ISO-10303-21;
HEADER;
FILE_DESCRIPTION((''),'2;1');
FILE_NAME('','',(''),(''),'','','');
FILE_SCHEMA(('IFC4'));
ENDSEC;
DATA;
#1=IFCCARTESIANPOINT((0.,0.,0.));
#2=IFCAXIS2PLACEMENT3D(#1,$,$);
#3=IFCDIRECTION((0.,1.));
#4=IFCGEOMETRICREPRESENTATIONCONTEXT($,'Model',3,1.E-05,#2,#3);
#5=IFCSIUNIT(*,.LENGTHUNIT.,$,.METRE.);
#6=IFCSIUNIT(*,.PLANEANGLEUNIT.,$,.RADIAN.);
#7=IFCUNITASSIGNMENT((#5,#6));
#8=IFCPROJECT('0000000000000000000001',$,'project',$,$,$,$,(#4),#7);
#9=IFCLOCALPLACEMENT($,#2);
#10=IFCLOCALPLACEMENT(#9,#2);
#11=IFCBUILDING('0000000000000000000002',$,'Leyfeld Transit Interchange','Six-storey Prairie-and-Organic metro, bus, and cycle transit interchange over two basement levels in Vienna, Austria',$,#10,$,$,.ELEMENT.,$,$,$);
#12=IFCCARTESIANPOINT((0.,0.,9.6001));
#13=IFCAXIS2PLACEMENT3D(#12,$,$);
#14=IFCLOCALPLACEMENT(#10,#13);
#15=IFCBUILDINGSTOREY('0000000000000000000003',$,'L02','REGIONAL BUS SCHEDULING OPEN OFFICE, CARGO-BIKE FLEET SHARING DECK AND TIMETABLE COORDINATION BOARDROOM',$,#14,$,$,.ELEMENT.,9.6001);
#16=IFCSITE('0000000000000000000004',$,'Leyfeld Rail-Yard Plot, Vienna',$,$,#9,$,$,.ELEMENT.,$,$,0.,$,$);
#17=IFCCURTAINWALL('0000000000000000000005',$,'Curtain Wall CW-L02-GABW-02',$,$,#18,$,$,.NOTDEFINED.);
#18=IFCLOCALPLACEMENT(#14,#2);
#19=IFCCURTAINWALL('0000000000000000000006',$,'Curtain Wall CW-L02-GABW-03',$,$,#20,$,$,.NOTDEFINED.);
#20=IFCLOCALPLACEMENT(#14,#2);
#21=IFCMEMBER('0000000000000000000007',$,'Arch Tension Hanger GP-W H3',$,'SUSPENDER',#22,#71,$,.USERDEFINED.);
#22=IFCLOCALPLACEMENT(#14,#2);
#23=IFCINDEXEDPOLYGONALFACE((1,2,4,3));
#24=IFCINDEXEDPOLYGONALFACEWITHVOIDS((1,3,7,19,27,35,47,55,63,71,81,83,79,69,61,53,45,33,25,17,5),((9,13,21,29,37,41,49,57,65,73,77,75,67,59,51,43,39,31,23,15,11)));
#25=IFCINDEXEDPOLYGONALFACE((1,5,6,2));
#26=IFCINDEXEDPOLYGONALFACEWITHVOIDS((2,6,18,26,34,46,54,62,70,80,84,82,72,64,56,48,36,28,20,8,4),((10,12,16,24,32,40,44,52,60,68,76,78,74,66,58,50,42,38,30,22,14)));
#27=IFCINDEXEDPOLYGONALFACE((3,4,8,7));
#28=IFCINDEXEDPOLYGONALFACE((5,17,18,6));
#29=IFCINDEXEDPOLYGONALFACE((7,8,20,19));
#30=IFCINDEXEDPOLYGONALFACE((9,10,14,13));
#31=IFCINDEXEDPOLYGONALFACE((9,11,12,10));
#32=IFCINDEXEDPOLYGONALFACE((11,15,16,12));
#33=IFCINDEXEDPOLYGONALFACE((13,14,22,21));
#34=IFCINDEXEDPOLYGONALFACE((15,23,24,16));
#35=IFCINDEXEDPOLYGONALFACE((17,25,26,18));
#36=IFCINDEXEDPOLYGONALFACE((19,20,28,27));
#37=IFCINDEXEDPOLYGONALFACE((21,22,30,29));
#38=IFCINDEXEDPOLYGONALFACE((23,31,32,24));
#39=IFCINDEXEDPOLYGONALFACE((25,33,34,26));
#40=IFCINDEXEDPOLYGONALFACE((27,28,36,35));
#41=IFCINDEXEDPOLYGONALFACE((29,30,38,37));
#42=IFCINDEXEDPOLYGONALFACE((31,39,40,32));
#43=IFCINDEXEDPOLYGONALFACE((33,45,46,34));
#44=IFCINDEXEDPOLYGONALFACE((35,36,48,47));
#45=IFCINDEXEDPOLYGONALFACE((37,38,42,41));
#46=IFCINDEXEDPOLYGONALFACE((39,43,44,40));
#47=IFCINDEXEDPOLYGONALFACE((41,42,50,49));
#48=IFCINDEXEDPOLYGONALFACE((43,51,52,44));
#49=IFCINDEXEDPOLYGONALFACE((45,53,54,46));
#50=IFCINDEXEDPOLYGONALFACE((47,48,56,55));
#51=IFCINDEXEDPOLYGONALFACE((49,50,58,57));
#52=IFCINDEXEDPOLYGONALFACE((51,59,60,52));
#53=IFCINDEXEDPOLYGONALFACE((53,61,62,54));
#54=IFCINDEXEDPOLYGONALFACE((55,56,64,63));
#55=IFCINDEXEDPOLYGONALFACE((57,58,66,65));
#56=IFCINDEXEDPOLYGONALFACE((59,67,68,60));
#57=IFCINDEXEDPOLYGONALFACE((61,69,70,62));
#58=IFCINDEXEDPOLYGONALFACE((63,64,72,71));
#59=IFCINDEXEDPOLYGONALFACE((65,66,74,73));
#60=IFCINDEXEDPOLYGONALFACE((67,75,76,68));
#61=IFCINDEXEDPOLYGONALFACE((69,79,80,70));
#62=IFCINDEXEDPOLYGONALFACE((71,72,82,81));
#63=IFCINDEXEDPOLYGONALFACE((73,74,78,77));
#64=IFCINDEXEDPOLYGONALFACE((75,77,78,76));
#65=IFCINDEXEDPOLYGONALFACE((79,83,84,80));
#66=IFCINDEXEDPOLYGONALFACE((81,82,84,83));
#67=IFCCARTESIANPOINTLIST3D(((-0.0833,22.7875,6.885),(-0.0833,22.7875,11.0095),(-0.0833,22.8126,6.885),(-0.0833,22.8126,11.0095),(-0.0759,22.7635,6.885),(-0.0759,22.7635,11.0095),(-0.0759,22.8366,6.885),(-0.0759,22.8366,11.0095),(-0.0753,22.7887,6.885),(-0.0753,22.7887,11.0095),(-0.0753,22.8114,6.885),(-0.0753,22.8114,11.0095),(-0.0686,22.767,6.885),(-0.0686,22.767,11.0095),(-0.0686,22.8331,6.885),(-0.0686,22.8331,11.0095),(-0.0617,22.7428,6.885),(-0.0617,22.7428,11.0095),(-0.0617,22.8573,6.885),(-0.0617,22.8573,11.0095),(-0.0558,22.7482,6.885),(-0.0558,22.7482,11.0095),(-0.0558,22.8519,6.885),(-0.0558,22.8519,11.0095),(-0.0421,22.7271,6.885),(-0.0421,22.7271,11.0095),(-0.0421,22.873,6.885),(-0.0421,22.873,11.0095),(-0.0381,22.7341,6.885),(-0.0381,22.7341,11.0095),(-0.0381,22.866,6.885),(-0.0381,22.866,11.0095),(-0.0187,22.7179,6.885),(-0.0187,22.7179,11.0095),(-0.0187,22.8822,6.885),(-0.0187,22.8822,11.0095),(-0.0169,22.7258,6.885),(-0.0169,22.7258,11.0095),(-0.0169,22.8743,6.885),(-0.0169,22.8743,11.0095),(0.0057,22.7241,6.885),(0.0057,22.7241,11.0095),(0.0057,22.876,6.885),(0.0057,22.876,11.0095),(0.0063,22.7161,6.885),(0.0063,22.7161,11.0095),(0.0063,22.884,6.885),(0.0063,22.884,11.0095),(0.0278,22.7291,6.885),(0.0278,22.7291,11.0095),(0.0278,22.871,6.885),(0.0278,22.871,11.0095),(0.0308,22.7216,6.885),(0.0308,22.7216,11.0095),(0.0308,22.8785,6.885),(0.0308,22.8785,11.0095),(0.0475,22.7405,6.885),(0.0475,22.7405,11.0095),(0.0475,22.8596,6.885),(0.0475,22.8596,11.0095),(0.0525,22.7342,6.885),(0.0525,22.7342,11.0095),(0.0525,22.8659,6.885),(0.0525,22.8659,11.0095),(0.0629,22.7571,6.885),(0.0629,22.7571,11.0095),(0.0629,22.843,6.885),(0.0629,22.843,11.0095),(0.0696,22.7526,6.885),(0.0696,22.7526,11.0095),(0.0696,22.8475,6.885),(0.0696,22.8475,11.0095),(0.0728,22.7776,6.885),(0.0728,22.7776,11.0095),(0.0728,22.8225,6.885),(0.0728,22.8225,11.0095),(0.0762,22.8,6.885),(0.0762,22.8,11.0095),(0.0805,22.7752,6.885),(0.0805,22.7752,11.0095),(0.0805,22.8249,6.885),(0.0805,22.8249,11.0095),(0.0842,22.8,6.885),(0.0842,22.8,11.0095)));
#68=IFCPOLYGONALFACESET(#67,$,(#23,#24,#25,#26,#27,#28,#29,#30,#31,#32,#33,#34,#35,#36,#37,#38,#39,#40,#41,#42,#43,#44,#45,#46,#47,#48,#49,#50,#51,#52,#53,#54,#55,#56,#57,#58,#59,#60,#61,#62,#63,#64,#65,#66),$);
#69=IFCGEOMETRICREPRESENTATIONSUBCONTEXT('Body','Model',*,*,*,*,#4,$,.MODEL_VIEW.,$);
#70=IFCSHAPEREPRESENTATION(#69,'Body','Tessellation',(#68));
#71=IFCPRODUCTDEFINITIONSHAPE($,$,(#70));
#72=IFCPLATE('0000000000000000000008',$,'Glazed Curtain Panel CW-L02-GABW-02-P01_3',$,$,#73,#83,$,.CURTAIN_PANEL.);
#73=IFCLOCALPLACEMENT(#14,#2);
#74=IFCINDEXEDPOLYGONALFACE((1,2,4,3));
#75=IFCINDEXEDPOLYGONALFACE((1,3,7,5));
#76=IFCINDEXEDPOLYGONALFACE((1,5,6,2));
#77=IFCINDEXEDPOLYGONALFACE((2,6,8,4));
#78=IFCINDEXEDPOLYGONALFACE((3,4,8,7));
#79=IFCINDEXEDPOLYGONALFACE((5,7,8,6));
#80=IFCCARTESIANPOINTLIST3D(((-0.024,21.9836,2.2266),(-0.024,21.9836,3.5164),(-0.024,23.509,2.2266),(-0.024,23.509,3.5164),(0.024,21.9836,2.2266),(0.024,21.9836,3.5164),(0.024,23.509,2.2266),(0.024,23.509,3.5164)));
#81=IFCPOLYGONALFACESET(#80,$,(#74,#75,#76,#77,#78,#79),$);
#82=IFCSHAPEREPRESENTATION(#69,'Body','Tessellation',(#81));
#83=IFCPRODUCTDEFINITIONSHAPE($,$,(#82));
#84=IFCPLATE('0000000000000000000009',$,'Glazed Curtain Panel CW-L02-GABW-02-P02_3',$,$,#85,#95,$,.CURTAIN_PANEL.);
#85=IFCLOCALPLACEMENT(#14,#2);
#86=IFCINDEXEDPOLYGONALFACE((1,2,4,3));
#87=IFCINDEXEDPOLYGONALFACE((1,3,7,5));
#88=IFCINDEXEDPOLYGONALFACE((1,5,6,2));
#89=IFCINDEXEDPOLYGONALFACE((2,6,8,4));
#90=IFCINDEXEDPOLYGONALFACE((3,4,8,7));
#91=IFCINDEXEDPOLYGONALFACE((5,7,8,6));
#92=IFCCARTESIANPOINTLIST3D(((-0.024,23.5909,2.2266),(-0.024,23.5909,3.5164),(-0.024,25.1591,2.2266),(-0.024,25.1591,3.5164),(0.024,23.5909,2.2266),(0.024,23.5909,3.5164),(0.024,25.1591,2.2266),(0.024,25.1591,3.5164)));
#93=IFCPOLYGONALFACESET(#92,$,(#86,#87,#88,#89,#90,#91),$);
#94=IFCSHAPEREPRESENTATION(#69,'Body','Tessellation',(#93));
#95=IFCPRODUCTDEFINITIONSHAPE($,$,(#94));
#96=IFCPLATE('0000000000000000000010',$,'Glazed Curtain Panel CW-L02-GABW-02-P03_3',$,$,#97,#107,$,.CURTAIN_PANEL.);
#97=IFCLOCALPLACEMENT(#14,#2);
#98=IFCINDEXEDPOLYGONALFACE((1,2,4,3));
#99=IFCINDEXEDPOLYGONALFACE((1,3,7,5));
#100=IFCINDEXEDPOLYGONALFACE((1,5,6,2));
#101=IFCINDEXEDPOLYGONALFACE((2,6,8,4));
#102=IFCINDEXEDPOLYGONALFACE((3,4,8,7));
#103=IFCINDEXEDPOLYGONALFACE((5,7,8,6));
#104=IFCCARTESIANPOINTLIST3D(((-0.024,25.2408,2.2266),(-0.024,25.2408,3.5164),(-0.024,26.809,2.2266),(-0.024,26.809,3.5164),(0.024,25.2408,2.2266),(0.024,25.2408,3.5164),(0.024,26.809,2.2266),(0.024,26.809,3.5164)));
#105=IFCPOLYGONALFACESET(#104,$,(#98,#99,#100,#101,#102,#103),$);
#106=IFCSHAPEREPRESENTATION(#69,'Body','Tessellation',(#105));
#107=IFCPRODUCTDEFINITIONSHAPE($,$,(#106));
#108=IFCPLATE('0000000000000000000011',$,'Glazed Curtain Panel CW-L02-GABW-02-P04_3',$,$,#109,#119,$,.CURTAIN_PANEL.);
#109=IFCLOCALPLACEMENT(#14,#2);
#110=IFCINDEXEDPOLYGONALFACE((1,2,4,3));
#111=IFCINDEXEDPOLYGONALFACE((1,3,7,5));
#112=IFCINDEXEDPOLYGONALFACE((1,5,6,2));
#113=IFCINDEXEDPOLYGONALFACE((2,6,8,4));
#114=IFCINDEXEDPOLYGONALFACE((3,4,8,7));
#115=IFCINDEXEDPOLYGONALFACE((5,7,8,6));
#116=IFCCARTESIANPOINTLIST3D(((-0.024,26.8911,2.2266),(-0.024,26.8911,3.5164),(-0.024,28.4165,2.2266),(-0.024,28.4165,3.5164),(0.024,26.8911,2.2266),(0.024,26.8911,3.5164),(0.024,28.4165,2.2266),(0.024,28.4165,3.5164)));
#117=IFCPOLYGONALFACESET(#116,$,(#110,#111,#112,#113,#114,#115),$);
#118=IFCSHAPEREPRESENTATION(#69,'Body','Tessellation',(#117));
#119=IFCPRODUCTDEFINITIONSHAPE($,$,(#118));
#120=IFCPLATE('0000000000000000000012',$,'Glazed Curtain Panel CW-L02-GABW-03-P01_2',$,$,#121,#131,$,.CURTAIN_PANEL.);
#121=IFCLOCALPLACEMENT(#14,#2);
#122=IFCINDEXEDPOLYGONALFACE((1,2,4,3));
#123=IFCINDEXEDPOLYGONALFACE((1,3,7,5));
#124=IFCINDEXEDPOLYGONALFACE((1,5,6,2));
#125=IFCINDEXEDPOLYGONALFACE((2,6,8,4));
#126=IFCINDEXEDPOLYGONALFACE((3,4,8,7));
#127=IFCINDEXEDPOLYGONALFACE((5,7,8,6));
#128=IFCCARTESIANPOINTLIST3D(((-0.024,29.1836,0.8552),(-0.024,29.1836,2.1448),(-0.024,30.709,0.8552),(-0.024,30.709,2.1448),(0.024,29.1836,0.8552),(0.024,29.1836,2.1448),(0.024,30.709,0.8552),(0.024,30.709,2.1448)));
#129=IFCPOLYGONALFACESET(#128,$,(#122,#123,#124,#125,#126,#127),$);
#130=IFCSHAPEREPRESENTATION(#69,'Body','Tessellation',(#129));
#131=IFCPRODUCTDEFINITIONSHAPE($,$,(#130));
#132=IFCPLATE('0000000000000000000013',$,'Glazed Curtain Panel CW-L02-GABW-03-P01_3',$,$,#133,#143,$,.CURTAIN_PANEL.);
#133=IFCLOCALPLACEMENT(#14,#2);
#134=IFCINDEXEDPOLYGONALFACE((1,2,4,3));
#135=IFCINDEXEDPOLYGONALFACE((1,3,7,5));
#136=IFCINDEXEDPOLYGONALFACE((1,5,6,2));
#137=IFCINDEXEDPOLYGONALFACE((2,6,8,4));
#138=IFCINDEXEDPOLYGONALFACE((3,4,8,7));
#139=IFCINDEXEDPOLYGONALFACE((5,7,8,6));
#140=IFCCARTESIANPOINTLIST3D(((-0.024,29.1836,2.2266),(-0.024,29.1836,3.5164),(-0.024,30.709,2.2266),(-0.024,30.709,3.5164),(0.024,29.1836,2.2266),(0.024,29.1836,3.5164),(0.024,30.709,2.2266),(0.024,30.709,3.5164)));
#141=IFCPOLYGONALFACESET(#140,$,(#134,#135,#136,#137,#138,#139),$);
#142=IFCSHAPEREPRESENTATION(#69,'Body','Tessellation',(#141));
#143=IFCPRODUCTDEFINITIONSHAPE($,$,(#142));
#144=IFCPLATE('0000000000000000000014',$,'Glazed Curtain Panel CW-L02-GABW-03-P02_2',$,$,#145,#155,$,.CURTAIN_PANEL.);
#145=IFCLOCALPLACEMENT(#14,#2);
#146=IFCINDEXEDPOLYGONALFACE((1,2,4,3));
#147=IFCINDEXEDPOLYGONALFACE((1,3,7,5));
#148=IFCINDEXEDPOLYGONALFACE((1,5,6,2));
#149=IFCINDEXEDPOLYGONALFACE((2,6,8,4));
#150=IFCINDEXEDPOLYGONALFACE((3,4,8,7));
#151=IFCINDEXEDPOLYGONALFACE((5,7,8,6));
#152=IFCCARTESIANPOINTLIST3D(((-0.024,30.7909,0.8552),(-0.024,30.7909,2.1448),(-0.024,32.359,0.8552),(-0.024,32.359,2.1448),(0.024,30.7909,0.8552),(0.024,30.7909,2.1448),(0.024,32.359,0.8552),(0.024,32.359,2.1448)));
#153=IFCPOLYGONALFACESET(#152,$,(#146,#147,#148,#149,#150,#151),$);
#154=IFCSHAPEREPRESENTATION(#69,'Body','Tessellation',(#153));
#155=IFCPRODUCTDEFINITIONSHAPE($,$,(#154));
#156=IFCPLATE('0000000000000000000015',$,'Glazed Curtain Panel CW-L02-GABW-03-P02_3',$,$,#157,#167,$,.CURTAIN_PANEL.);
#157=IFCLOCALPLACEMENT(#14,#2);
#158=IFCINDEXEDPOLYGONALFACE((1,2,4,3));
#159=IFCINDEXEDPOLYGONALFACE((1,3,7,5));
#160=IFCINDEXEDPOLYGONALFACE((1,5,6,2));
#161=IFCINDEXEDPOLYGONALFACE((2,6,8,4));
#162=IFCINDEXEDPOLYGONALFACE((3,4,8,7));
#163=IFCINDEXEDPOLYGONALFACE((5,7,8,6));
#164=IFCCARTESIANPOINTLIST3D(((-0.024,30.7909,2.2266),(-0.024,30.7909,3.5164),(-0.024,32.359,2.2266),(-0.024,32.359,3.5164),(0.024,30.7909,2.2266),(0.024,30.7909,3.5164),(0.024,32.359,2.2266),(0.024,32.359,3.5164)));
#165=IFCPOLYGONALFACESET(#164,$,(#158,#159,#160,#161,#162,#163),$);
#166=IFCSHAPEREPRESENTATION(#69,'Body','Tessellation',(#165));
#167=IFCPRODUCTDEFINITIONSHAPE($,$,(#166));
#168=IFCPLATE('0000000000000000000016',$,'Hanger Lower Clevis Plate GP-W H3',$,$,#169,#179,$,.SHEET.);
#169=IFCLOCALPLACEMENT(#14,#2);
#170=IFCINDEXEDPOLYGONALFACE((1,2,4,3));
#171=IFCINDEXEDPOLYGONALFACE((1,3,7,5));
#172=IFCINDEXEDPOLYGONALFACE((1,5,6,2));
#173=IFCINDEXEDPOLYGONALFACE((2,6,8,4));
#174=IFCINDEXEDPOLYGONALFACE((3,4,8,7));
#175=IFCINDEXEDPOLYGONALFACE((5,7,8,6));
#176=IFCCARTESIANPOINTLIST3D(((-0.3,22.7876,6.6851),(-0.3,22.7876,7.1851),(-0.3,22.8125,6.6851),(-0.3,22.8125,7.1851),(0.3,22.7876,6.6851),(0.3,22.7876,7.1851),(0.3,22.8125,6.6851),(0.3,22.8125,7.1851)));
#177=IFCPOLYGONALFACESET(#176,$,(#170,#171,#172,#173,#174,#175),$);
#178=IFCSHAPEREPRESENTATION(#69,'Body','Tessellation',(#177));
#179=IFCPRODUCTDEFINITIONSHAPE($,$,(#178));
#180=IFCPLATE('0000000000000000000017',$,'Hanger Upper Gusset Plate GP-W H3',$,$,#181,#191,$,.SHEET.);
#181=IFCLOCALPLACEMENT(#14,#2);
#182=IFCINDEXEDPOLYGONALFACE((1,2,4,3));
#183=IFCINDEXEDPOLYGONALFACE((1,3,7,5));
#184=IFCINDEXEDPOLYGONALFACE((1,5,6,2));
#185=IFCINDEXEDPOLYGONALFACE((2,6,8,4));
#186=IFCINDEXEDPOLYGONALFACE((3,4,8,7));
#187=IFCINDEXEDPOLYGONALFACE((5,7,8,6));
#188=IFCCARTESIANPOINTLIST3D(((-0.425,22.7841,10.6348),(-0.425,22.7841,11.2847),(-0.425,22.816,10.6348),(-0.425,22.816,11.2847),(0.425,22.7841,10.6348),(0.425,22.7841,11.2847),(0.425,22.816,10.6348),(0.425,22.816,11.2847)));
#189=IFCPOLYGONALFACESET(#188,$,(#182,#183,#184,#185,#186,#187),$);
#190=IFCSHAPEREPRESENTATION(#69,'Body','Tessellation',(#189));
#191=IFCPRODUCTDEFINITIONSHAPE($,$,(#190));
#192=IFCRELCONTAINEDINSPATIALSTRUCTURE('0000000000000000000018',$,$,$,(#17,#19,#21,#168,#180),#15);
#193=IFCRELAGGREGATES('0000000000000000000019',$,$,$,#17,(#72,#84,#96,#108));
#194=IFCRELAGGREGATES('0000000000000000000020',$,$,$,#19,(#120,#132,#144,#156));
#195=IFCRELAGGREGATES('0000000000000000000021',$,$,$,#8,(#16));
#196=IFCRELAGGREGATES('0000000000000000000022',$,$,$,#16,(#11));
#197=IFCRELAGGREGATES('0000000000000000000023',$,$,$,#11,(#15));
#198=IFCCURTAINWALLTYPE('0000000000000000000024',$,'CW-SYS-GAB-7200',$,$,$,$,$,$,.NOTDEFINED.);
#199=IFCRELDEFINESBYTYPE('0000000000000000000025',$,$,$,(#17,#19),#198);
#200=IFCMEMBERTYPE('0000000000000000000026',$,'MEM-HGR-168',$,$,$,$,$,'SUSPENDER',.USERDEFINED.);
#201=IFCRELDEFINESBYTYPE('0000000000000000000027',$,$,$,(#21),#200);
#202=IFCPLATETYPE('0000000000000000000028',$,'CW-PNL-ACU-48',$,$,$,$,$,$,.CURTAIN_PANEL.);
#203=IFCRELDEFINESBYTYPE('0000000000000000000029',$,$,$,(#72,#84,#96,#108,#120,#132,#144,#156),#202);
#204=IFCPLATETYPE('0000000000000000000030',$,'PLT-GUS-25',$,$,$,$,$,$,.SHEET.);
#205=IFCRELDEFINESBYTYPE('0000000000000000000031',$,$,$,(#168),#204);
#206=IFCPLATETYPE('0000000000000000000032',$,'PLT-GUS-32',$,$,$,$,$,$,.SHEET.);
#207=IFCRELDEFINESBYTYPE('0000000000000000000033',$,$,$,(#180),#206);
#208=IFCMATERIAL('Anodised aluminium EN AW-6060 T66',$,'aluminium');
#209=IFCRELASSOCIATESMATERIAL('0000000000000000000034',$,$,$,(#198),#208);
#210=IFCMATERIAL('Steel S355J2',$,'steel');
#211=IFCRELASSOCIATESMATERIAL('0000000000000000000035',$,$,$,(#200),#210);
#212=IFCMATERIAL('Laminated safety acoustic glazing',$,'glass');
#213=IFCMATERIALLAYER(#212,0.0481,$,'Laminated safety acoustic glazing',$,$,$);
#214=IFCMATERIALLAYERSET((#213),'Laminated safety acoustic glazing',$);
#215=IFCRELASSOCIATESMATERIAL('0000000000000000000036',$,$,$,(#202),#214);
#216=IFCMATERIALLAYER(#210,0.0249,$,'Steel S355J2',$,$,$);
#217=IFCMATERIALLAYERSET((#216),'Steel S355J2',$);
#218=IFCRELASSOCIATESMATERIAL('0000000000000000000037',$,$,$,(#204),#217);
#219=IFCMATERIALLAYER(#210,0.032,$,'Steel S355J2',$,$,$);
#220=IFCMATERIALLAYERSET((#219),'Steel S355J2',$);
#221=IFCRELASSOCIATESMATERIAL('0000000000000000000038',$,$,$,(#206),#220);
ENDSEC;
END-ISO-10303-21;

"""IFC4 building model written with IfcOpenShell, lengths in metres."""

from ifc_helpers import new_model, si_unit, direction, frame, origin, origin_2d, place, context, subcontext, project, spatial, rectangle, hollow_circle, extrude, material, layer, layer_set, material_profile, profile_set, type_object, element, aggregate, save


model = new_model("IFC4")

# Units and contexts
model_context = context("Model", 3, precision=1e-05, world=origin(), true_north=direction((0.0, 1.0)))
body_context = subcontext(model_context, "Body", "Model", "MODEL_VIEW")
ifc_project = project(units=[si_unit("LENGTHUNIT", "METRE"), si_unit("PLANEANGLEUNIT", "RADIAN")], contexts=[model_context])

# Site, building, storey
site_placement = place(None, origin())
site = spatial("IfcSite", under=ifc_project, at=site_placement, Name="Leyfeld Rail-Yard Plot, Vienna", CompositionType="ELEMENT", RefElevation=0.0)
building_placement = place(site_placement, origin())
building = spatial("IfcBuilding", under=site, at=building_placement, Name="Leyfeld Transit Interchange", Description="Six-storey Prairie-and-Organic metro, bus, and cycle transit interchange over two basement levels in Vienna, Austria", CompositionType="ELEMENT")
storey_placement = place(building_placement, frame((0.0, 0.0, 9.6001)))
storey = spatial("IfcBuildingStorey", under=building, at=storey_placement, Name="L02", Description="REGIONAL BUS SCHEDULING OPEN OFFICE, CARGO-BIKE FLEET SHARING DECK AND TIMETABLE COORDINATION BOARDROOM", CompositionType="ELEMENT", Elevation=9.6001)

# Curtain walls
ifc_material_1 = material(Name="Anodised aluminium EN AW-6060 T66", Category="aluminium")
curtain_wall_type = type_object("IfcCurtainWallType", Name="CW-SYS-GAB-7200", PredefinedType="NOTDEFINED", material=ifc_material_1)
curtain_wall_1_placement = place(storey_placement, origin())
curtain_wall_1 = element("IfcCurtainWall", 1, at=curtain_wall_1_placement, inside=storey, type_object=curtain_wall_type, Name="Curtain Wall CW-L02-GABW-02", PredefinedType="NOTDEFINED")
curtain_wall_2_placement = place(storey_placement, origin())
curtain_wall_2 = element("IfcCurtainWall", 2, at=curtain_wall_2_placement, inside=storey, type_object=curtain_wall_type, Name="Curtain Wall CW-L02-GABW-03", PredefinedType="NOTDEFINED")

# Member
ifc_material_2 = material(Name="Steel S355J2", Category="steel")
ifc_material_profile_1 = material_profile(ifc_material_2, hollow_circle(Radius=0.0842, WallThickness=0.0081, at=origin_2d()), Name="CHS 168.3x8")
ifc_profile_set_1 = profile_set([ifc_material_profile_1], Name="Steel S355J2")
member_type_1 = type_object("IfcMemberType", Name="MEM-HGR-168", ElementType="SUSPENDER", PredefinedType="USERDEFINED", material=ifc_profile_set_1)
member_1_placement = place(storey_placement, frame((0.0, 22.8, 6.885), z_axis=(0.0, 0.0, 1.0), x_axis=(1.0, 0.0, 0.0)))
element("IfcMember", 3, at=member_1_placement, inside=storey, type_object=member_type_1, Name="Arch Tension Hanger GP-W H3", ObjectType="SUSPENDER", PredefinedType="USERDEFINED", context=body_context, shape_type="SweptSolid", body=[
    extrude(hollow_circle(Radius=0.0842, WallThickness=0.0081, at=origin_2d()), origin(), (0.0, 0.0, 1.0), 4.1245),
])

# Plates
ifc_material_3 = material(Name="Laminated safety acoustic glazing", Category="glass")
ifc_layer_1 = layer(ifc_material_3, 0.0481, Name="Laminated safety acoustic glazing")
ifc_layer_set_1 = layer_set([ifc_layer_1], Name="Laminated safety acoustic glazing")
plate_type_1 = type_object("IfcPlateType", Name="CW-PNL-ACU-48", PredefinedType="CURTAIN_PANEL", material=ifc_layer_set_1)
plate_1_placement = place(storey_placement, frame((0.0, 22.7463, 2.2266), z_axis=(0.0, 0.0, 1.0), x_axis=(0.0, 1.0, 0.0)))
plate_1 = element("IfcPlate", 4, at=plate_1_placement, type_object=plate_type_1, Name="Glazed Curtain Panel CW-L02-GABW-02-P01_3", PredefinedType="CURTAIN_PANEL", context=body_context, shape_type="SweptSolid", body=[
    extrude(rectangle(XDim=1.5254, YDim=0.0481, at=origin_2d()), origin(), (0.0, 0.0, 1.0), 1.2898),
])
plate_2_placement = place(storey_placement, frame((0.0, 24.375, 2.2266), z_axis=(0.0, 0.0, 1.0), x_axis=(0.0, 1.0, 0.0)))
plate_2 = element("IfcPlate", 5, at=plate_2_placement, type_object=plate_type_1, Name="Glazed Curtain Panel CW-L02-GABW-02-P02_3", PredefinedType="CURTAIN_PANEL", context=body_context, shape_type="SweptSolid", body=[
    extrude(rectangle(XDim=1.5681, YDim=0.0481, at=origin_2d()), origin(), (0.0, 0.0, 1.0), 1.2898),
])
plate_3_placement = place(storey_placement, frame((0.0, 26.0249, 2.2266), z_axis=(0.0, 0.0, 1.0), x_axis=(0.0, 1.0, 0.0)))
plate_3 = element("IfcPlate", 6, at=plate_3_placement, type_object=plate_type_1, Name="Glazed Curtain Panel CW-L02-GABW-02-P03_3", PredefinedType="CURTAIN_PANEL", context=body_context, shape_type="SweptSolid", body=[
    extrude(rectangle(XDim=1.5681, YDim=0.0481, at=origin_2d()), origin(), (0.0, 0.0, 1.0), 1.2898),
])
plate_4_placement = place(storey_placement, frame((0.0, 27.6538, 2.2266), z_axis=(0.0, 0.0, 1.0), x_axis=(0.0, 1.0, 0.0)))
plate_4 = element("IfcPlate", 7, at=plate_4_placement, type_object=plate_type_1, Name="Glazed Curtain Panel CW-L02-GABW-02-P04_3", PredefinedType="CURTAIN_PANEL", context=body_context, shape_type="SweptSolid", body=[
    extrude(rectangle(XDim=1.5254, YDim=0.0481, at=origin_2d()), origin(), (0.0, 0.0, 1.0), 1.2898),
])
aggregate(curtain_wall_1, [plate_1, plate_2, plate_3, plate_4])
plate_5_placement = place(storey_placement, frame((0.0, 29.9463, 0.8552), z_axis=(0.0, 0.0, 1.0), x_axis=(0.0, 1.0, 0.0)))
plate_5 = element("IfcPlate", 8, at=plate_5_placement, type_object=plate_type_1, Name="Glazed Curtain Panel CW-L02-GABW-03-P01_2", PredefinedType="CURTAIN_PANEL", context=body_context, shape_type="SweptSolid", body=[
    extrude(rectangle(XDim=1.5254, YDim=0.0481, at=origin_2d()), origin(), (0.0, 0.0, 1.0), 1.2896),
])
plate_6_placement = place(storey_placement, frame((0.0, 29.9463, 2.2266), z_axis=(0.0, 0.0, 1.0), x_axis=(0.0, 1.0, 0.0)))
plate_6 = element("IfcPlate", 9, at=plate_6_placement, type_object=plate_type_1, Name="Glazed Curtain Panel CW-L02-GABW-03-P01_3", PredefinedType="CURTAIN_PANEL", context=body_context, shape_type="SweptSolid", body=[
    extrude(rectangle(XDim=1.5254, YDim=0.0481, at=origin_2d()), origin(), (0.0, 0.0, 1.0), 1.2898),
])
plate_7_placement = place(storey_placement, frame((0.0, 31.575, 0.8552), z_axis=(0.0, 0.0, 1.0), x_axis=(0.0, 1.0, 0.0)))
plate_7 = element("IfcPlate", 10, at=plate_7_placement, type_object=plate_type_1, Name="Glazed Curtain Panel CW-L02-GABW-03-P02_2", PredefinedType="CURTAIN_PANEL", context=body_context, shape_type="SweptSolid", body=[
    extrude(rectangle(XDim=1.5681, YDim=0.0481, at=origin_2d()), origin(), (0.0, 0.0, 1.0), 1.2896),
])
plate_8_placement = place(storey_placement, frame((0.0, 31.575, 2.2266), z_axis=(0.0, 0.0, 1.0), x_axis=(0.0, 1.0, 0.0)))
plate_8 = element("IfcPlate", 11, at=plate_8_placement, type_object=plate_type_1, Name="Glazed Curtain Panel CW-L02-GABW-03-P02_3", PredefinedType="CURTAIN_PANEL", context=body_context, shape_type="SweptSolid", body=[
    extrude(rectangle(XDim=1.5681, YDim=0.0481, at=origin_2d()), origin(), (0.0, 0.0, 1.0), 1.2898),
])
aggregate(curtain_wall_2, [plate_5, plate_6, plate_7, plate_8])

# Plates
ifc_layer_2 = layer(ifc_material_2, 0.0249, Name="Steel S355J2")
ifc_layer_set_2 = layer_set([ifc_layer_2], Name="Steel S355J2")
plate_type_2 = type_object("IfcPlateType", Name="PLT-GUS-25", PredefinedType="SHEET", material=ifc_layer_set_2)
plate_9_placement = place(storey_placement, frame((0.0, 22.8, 6.6851), z_axis=(0.0, 0.0, 1.0), x_axis=(1.0, 0.0, 0.0)))
element("IfcPlate", 12, at=plate_9_placement, inside=storey, type_object=plate_type_2, Name="Hanger Lower Clevis Plate GP-W H3", PredefinedType="SHEET", context=body_context, shape_type="SweptSolid", body=[
    extrude(rectangle(XDim=0.6001, YDim=0.0249, at=origin_2d()), origin(), (0.0, 0.0, 1.0), 0.5),
])
ifc_layer_3 = layer(ifc_material_2, 0.032, Name="Steel S355J2")
ifc_layer_set_3 = layer_set([ifc_layer_3], Name="Steel S355J2")
plate_type_3 = type_object("IfcPlateType", Name="PLT-GUS-32", PredefinedType="SHEET", material=ifc_layer_set_3)
plate_10_placement = place(storey_placement, frame((0.0, 22.8, 10.6348), z_axis=(0.0, 0.0, 1.0), x_axis=(1.0, 0.0, 0.0)))
element("IfcPlate", 13, at=plate_10_placement, inside=storey, type_object=plate_type_3, Name="Hanger Upper Gusset Plate GP-W H3", PredefinedType="SHEET", context=body_context, shape_type="SweptSolid", body=[
    extrude(rectangle(XDim=0.8501, YDim=0.032, at=origin_2d()), origin(), (0.0, 0.0, 1.0), 0.6499),
])

save(model, "model.ifc")
